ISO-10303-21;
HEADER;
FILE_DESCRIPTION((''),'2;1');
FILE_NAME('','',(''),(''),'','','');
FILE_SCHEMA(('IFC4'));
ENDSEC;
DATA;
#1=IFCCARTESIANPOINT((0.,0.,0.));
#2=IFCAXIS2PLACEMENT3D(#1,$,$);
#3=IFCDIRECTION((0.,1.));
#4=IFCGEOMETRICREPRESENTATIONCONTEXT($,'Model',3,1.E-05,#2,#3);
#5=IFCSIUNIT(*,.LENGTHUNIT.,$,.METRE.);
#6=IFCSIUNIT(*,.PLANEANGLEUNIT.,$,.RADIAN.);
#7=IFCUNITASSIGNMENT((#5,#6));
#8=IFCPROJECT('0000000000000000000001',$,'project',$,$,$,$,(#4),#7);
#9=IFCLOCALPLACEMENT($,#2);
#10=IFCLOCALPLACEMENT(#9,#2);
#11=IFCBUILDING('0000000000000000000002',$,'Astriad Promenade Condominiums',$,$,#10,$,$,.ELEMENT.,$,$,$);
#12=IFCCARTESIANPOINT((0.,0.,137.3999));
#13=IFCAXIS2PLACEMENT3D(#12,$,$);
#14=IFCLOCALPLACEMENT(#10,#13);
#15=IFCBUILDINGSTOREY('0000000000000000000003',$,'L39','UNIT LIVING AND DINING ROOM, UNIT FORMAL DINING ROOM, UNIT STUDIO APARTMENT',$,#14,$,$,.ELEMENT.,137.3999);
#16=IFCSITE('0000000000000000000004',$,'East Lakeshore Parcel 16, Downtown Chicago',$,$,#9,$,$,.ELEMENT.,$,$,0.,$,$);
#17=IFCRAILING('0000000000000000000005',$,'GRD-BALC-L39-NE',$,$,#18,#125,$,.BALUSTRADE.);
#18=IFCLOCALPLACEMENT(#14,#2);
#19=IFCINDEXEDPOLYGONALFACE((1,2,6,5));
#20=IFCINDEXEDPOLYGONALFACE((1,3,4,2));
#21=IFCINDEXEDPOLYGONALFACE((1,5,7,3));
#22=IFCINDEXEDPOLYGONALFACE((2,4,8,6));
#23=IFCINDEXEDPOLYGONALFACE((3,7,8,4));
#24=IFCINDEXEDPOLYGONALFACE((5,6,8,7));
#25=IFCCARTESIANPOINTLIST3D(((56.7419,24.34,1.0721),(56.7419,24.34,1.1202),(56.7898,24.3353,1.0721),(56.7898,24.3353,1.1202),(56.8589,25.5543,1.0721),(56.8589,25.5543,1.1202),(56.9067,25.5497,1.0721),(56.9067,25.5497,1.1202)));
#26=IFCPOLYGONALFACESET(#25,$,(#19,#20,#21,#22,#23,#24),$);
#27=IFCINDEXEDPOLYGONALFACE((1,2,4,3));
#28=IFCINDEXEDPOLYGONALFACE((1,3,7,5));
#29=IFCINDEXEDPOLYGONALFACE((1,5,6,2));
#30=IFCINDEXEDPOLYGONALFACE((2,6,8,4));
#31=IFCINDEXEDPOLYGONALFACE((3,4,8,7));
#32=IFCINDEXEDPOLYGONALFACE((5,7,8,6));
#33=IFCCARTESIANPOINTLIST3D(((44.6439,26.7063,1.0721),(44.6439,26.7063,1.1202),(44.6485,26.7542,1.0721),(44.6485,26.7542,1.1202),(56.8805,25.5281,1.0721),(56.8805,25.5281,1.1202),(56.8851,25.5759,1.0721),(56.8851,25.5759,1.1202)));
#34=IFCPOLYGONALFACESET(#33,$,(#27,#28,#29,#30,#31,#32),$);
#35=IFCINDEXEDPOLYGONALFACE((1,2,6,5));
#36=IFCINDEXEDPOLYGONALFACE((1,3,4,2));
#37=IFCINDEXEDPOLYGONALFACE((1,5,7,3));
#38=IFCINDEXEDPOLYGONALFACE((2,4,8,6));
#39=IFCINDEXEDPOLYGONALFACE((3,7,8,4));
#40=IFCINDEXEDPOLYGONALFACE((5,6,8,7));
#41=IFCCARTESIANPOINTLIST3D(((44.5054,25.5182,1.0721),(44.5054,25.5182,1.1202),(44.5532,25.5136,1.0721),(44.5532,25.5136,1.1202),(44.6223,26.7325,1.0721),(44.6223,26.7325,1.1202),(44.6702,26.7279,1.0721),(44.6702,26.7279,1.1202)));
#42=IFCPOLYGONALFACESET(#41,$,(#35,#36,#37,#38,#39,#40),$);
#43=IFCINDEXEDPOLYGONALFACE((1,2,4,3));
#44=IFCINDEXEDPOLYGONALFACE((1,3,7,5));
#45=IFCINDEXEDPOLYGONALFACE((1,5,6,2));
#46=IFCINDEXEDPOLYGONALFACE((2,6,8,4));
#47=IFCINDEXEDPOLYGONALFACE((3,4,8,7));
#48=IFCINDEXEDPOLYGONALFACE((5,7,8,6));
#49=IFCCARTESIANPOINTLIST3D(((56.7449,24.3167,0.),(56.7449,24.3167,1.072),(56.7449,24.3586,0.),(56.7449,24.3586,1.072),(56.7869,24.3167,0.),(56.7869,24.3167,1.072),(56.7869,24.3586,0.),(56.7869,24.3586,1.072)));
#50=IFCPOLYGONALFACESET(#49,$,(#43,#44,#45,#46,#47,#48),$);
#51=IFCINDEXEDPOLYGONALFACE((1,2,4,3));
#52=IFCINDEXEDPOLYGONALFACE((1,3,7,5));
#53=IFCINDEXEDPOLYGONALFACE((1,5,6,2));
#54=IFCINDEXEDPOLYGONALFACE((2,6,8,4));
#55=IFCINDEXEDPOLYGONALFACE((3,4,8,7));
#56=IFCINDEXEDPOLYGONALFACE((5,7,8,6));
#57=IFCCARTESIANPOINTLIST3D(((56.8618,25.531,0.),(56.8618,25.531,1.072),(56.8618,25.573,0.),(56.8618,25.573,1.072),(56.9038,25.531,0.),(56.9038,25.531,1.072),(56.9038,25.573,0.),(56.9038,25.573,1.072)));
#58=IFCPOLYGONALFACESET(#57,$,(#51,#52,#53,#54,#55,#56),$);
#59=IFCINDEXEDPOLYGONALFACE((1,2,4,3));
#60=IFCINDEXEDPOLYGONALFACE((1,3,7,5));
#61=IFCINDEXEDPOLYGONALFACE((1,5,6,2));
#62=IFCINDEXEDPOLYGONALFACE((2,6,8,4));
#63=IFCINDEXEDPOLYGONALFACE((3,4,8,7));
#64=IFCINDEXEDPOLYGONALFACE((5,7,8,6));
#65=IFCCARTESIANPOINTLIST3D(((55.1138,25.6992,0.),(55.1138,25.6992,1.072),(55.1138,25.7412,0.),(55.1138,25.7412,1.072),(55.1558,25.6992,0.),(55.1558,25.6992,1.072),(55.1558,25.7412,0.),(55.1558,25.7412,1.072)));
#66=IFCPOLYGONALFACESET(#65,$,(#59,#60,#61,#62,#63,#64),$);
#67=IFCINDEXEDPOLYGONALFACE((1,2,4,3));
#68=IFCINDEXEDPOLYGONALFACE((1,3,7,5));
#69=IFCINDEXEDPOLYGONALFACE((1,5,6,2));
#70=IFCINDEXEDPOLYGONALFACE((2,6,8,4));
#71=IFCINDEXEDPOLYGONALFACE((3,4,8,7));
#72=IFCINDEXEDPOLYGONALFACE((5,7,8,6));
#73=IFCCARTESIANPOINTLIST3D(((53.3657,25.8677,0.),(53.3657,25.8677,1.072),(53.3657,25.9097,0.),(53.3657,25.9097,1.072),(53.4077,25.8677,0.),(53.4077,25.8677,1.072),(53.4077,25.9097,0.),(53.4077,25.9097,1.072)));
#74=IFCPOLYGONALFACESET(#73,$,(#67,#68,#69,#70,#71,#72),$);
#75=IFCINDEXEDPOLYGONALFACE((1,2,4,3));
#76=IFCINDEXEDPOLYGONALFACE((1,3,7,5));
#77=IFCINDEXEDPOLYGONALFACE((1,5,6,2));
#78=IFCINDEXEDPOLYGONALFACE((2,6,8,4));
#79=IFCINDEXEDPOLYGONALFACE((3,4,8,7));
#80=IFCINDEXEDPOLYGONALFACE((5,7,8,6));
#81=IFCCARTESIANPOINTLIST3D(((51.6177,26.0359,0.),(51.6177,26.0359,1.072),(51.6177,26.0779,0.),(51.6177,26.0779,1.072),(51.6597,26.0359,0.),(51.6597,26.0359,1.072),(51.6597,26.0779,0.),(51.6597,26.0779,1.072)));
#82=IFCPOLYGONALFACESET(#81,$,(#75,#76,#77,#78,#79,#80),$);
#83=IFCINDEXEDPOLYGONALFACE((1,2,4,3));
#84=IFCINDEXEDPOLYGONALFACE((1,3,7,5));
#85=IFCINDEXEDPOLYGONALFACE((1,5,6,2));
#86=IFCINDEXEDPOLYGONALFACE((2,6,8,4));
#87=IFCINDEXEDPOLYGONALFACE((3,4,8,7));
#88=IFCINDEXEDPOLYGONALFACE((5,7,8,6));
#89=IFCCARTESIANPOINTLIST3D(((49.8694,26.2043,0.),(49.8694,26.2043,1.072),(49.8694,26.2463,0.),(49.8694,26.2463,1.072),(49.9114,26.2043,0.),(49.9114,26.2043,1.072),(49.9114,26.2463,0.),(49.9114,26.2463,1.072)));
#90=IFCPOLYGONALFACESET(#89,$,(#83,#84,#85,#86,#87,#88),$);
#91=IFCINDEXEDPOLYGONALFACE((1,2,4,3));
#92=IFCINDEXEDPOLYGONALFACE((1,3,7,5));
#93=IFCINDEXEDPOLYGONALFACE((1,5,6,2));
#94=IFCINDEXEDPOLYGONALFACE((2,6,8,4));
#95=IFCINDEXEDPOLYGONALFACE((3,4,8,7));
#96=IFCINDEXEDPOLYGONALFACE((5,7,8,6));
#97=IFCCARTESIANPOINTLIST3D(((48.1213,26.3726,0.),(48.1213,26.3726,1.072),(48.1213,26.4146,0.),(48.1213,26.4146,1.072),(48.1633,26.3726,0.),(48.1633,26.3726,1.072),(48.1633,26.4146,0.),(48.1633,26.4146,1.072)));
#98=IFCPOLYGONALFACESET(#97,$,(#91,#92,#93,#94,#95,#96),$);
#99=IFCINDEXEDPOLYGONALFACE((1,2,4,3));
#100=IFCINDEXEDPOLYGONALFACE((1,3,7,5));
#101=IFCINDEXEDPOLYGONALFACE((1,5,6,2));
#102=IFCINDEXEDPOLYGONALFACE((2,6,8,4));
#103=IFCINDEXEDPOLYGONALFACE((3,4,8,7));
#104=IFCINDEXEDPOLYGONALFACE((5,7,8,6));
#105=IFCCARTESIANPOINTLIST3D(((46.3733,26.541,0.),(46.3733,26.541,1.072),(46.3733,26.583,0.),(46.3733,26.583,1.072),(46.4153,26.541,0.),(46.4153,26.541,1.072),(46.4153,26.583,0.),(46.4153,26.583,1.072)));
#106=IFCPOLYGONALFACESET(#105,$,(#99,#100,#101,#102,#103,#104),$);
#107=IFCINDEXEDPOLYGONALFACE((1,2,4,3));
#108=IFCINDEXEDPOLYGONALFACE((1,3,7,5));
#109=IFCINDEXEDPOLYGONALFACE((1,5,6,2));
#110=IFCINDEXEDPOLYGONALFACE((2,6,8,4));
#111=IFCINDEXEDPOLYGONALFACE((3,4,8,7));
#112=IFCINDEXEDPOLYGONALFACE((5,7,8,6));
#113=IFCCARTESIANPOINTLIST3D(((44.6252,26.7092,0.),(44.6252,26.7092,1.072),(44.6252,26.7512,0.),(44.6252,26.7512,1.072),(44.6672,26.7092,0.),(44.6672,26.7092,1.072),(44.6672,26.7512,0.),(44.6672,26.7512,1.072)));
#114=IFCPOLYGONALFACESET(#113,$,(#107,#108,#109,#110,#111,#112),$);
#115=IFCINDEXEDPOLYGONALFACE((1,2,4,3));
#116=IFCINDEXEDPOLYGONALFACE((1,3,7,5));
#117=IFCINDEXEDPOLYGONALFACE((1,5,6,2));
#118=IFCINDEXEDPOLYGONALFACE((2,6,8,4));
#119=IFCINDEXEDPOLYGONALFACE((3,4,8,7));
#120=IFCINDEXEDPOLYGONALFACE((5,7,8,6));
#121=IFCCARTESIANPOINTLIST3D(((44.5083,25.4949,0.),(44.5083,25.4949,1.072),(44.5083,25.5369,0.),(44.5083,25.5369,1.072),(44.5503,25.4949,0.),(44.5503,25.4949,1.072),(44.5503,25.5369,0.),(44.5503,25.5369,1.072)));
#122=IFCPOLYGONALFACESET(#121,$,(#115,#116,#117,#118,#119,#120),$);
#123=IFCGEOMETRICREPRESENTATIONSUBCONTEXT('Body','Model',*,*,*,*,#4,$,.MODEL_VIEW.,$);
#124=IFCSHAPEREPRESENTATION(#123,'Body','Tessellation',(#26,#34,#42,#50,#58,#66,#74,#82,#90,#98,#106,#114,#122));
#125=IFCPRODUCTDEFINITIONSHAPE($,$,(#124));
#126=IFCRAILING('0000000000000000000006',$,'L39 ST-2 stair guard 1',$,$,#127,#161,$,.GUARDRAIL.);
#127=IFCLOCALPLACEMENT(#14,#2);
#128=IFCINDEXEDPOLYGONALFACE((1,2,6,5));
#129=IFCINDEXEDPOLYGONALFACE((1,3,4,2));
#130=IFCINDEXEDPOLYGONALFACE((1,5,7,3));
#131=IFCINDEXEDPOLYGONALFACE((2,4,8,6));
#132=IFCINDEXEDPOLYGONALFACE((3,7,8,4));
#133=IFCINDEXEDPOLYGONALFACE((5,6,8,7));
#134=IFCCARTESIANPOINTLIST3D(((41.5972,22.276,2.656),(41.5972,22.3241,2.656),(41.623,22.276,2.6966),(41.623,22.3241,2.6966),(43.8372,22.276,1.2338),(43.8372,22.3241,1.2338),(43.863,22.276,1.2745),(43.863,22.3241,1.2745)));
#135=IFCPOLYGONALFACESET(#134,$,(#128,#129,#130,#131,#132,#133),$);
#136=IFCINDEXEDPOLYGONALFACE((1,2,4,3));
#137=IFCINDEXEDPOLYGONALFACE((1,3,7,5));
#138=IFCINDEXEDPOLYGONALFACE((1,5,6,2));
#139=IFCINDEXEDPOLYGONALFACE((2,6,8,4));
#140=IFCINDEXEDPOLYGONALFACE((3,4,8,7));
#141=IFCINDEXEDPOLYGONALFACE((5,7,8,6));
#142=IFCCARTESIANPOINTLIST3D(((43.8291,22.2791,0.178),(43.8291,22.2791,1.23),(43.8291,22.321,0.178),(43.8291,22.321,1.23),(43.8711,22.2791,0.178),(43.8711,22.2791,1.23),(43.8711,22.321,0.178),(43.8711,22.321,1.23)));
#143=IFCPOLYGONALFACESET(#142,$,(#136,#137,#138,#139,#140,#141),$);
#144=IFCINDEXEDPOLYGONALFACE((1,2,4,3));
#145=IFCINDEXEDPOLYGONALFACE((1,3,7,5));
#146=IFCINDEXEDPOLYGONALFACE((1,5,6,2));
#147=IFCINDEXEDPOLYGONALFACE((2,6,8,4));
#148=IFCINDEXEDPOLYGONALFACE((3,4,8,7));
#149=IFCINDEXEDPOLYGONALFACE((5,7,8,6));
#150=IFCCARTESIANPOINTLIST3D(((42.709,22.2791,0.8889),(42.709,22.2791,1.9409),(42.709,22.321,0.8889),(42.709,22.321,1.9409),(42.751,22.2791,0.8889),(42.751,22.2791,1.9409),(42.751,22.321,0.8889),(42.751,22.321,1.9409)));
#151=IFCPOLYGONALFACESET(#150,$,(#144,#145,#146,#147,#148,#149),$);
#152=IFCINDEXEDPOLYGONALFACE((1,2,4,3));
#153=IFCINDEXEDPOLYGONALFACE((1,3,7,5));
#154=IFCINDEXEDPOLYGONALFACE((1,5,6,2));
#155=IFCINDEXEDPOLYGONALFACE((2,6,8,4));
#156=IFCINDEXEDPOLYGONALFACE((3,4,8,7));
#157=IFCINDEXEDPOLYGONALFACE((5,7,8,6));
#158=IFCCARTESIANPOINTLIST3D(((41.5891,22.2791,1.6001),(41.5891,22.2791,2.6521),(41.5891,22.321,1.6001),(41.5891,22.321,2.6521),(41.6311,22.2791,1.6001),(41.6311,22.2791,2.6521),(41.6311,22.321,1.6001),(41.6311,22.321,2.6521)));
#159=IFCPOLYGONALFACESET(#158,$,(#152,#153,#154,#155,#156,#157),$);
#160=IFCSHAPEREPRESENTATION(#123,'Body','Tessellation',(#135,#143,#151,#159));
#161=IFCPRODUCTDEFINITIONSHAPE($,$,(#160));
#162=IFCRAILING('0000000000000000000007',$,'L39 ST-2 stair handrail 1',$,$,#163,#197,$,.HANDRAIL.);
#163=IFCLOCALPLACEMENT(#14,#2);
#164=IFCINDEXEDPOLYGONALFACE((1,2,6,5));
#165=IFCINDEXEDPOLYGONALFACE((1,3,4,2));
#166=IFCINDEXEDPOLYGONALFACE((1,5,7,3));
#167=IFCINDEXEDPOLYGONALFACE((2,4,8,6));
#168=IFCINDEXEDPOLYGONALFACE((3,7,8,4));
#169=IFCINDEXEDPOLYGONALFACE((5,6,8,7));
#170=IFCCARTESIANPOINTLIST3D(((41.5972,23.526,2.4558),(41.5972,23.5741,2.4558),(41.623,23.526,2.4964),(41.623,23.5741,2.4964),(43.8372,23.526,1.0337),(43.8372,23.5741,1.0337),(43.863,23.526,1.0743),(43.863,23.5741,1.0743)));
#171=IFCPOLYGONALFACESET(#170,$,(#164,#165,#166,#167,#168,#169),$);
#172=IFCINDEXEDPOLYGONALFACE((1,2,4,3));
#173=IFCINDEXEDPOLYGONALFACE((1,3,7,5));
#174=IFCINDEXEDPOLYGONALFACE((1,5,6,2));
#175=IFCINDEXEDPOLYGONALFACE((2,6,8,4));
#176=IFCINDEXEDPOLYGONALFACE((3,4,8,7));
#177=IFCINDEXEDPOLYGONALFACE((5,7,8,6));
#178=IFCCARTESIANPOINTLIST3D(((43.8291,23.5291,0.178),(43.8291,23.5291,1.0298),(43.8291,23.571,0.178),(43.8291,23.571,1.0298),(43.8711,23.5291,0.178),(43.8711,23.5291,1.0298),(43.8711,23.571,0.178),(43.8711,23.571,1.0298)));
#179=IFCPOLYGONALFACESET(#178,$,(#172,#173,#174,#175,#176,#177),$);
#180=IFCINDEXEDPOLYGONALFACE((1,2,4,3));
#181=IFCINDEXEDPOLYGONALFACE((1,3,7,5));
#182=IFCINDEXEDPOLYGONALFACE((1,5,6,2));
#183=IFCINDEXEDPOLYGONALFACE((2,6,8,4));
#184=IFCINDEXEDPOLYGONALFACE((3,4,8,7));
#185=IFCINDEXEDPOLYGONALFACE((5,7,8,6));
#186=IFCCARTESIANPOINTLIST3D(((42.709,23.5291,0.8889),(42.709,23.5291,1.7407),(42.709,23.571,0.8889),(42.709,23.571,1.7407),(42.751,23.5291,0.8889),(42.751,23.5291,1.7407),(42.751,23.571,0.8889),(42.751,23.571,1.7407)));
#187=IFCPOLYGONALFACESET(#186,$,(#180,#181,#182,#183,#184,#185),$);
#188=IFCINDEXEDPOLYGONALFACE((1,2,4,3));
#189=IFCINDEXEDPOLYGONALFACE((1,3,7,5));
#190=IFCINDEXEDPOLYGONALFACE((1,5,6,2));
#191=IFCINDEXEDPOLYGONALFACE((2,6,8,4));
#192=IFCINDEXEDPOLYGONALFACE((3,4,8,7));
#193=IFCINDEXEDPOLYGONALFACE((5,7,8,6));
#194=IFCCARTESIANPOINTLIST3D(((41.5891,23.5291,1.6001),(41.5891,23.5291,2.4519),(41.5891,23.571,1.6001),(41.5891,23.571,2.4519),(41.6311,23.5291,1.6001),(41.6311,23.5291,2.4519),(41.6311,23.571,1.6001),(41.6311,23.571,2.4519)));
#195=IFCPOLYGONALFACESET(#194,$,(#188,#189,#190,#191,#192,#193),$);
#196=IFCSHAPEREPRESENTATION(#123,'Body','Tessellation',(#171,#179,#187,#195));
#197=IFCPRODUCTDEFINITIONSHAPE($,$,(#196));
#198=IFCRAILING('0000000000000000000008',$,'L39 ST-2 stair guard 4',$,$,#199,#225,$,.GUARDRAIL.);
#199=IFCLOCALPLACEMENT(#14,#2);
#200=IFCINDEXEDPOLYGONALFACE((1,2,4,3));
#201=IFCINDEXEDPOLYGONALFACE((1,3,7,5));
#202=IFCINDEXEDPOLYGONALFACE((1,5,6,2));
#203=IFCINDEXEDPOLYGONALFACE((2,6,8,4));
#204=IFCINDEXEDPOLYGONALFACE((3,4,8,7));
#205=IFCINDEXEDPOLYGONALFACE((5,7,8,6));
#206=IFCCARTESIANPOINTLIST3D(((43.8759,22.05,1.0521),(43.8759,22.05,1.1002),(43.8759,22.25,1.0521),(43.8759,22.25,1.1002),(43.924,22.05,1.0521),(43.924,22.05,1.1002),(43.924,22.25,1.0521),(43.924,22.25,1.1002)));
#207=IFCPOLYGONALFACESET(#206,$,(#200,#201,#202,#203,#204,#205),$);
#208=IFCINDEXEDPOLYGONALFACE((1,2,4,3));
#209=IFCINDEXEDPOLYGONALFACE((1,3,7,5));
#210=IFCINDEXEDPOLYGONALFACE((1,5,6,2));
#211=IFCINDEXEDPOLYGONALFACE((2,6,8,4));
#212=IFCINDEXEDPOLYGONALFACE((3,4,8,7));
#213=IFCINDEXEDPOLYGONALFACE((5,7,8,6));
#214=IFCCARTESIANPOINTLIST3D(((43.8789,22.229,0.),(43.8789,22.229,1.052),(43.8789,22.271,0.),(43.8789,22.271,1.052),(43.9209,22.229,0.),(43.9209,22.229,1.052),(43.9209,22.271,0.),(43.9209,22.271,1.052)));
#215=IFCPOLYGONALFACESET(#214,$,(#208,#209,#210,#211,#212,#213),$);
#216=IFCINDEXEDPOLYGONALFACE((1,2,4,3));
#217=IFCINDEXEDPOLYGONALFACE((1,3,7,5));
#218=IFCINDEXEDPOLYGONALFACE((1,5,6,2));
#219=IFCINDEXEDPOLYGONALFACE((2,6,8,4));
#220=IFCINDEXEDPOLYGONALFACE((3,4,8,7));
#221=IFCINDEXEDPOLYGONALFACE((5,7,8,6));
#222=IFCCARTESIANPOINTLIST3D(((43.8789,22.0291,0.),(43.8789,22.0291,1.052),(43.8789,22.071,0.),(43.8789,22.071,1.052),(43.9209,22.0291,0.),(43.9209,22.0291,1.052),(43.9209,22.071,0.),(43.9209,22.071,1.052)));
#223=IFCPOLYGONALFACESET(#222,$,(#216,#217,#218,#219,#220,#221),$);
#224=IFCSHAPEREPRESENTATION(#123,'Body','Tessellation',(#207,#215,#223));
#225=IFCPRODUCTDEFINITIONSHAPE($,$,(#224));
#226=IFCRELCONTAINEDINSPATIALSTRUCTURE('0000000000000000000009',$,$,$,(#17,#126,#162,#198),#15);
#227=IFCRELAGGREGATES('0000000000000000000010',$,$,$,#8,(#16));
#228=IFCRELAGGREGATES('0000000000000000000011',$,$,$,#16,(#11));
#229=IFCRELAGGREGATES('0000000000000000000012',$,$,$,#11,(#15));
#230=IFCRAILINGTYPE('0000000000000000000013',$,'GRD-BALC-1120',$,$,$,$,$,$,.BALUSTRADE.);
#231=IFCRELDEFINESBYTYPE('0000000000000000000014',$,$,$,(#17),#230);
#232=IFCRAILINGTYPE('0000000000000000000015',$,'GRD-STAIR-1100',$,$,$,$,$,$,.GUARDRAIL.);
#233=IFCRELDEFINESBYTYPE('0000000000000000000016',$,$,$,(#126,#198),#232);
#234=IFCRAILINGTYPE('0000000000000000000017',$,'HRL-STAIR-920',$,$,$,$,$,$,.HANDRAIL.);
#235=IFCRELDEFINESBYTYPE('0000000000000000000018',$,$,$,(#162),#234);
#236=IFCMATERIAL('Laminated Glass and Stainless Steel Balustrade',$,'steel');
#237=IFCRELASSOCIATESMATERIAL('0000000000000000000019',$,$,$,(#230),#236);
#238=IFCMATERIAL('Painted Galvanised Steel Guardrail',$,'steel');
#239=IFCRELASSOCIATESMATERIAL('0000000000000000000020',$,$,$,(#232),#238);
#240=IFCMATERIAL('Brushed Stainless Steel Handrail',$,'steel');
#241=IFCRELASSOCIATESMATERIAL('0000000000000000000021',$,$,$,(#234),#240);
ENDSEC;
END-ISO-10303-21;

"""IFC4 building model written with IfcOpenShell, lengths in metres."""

from ifc_helpers import new_model, si_unit, direction, frame, origin, origin_2d, place, context, subcontext, project, spatial, rectangle, extrude, source, transform, mapped, material, type_object, type_shapes, element, save


model = new_model("IFC4")

# Units and contexts
model_context = context("Model", 3, precision=1e-05, world=origin(), true_north=direction((0.0, 1.0)))
body_context = subcontext(model_context, "Body", "Model", "MODEL_VIEW")
ifc_project = project(units=[si_unit("LENGTHUNIT", "METRE"), si_unit("PLANEANGLEUNIT", "RADIAN")], contexts=[model_context])

# Site, building, storey
site_placement = place(None, origin())
site = spatial("IfcSite", under=ifc_project, at=site_placement, Name="East Lakeshore Parcel 16, Downtown Chicago", CompositionType="ELEMENT", RefElevation=0.0)
building_placement = place(site_placement, origin())
building = spatial("IfcBuilding", under=site, at=building_placement, Name="Astriad Promenade Condominiums", CompositionType="ELEMENT")
storey_placement = place(building_placement, frame((0.0, 0.0, 137.3999)))
storey = spatial("IfcBuildingStorey", under=building, at=storey_placement, Name="L39", Description="UNIT LIVING AND DINING ROOM, UNIT FORMAL DINING ROOM, UNIT STUDIO APARTMENT", CompositionType="ELEMENT", Elevation=137.3999)

# Railings
ifc_material_1 = material(Name="Laminated Glass and Stainless Steel Balustrade", Category="steel")
railing_type_1 = type_object("IfcRailingType", Name="GRD-BALC-1120", PredefinedType="BALUSTRADE", material=ifc_material_1)
shared_shape_1 = source(origin(), body_context, "Body", "SweptSolid", [
    extrude(rectangle(XDim=0.0481, YDim=0.0481, at=origin_2d()), frame((0.0, 0.0, 1.0962), z_axis=(0.095857, 0.995395, 0.0), x_axis=(-0.995395, 0.095857, 0.0)), (0.0, 0.0, 1.0), 1.22),
    extrude(rectangle(XDim=0.0481, YDim=0.0481, at=origin_2d()), frame((0.1169, 1.2144, 1.0962), z_axis=(-0.995396, 0.095844, 0.0), x_axis=(-0.095844, -0.995396, 0.0)), (0.0, 0.0, 1.0), 12.2932),
    extrude(rectangle(XDim=0.0481, YDim=0.0481, at=origin_2d()), frame((-12.1196, 2.3926, 1.0962), z_axis=(-0.095857, -0.995395, 0.0), x_axis=(0.995395, -0.095857, 0.0)), (0.0, 0.0, 1.0), 1.22),
    extrude(rectangle(XDim=0.042, YDim=0.042, at=origin_2d()), origin(), (0.0, 0.0, 1.0), 1.072),
    extrude(rectangle(XDim=0.042, YDim=0.042, at=origin_2d()), frame((0.1169, 1.2144, 0.0)), (0.0, 0.0, 1.0), 1.072),
    extrude(rectangle(XDim=0.042, YDim=0.042, at=origin_2d()), frame((-1.6311, 1.3826, 0.0)), (0.0, 0.0, 1.0), 1.072),
    extrude(rectangle(XDim=0.042, YDim=0.042, at=origin_2d()), frame((-3.3792, 1.551, 0.0)), (0.0, 0.0, 1.0), 1.072),
    extrude(rectangle(XDim=0.042, YDim=0.042, at=origin_2d()), frame((-5.1272, 1.7192, 0.0)), (0.0, 0.0, 1.0), 1.072),
    extrude(rectangle(XDim=0.042, YDim=0.042, at=origin_2d()), frame((-6.8755, 1.8877, 0.0)), (0.0, 0.0, 1.0), 1.072),
    extrude(rectangle(XDim=0.042, YDim=0.042, at=origin_2d()), frame((-8.6235, 2.0559, 0.0)), (0.0, 0.0, 1.0), 1.072),
    extrude(rectangle(XDim=0.042, YDim=0.042, at=origin_2d()), frame((-10.3716, 2.2244, 0.0)), (0.0, 0.0, 1.0), 1.072),
    extrude(rectangle(XDim=0.042, YDim=0.042, at=origin_2d()), frame((-12.1196, 2.3926, 0.0)), (0.0, 0.0, 1.0), 1.072),
    extrude(rectangle(XDim=0.042, YDim=0.042, at=origin_2d()), frame((-12.2366, 1.1782, 0.0)), (0.0, 0.0, 1.0), 1.072),
])
type_shapes(railing_type_1, [shared_shape_1])
railing_1_placement = place(storey_placement, frame((56.7659, 24.3376, 0.0)))
element("IfcRailing", 1, at=railing_1_placement, inside=storey, type_object=railing_type_1, Name="GRD-BALC-L39-NE", PredefinedType="BALUSTRADE", context=body_context, shape_type="MappedRepresentation", body=[
    mapped(shared_shape_1, transform((0.0, 0.0, 0.0), scale=1.0)),
])
ifc_material_2 = material(Name="Painted Galvanised Steel Guardrail", Category="steel")
railing_type_2 = type_object("IfcRailingType", Name="GRD-STAIR-1100", PredefinedType="GUARDRAIL", material=ifc_material_2)
shared_shape_2 = source(origin(), body_context, "Body", "SweptSolid", [
    extrude(rectangle(XDim=0.0481, YDim=0.0481, at=origin_2d()), frame((0.0, 0.0, 1.0762), z_axis=(-0.844229, 0.0, 0.535982), x_axis=(0.0, -1.0, 0.0)), (0.0, 0.0, 1.0), 2.6533),
    extrude(rectangle(XDim=0.042, YDim=0.042, at=origin_2d()), origin(), (0.0, 0.0, 1.0), 1.052),
    extrude(rectangle(XDim=0.042, YDim=0.042, at=origin_2d()), frame((-1.1201, 0.0, 0.7109)), (0.0, 0.0, 1.0), 1.052),
    extrude(rectangle(XDim=0.042, YDim=0.042, at=origin_2d()), frame((-2.24, 0.0, 1.4221)), (0.0, 0.0, 1.0), 1.052),
])
railing_2_placement = place(storey_placement, frame((43.8501, 22.3, 0.178)))
element("IfcRailing", 2, at=railing_2_placement, inside=storey, type_object=railing_type_2, Name="L39 ST-2 stair guard 1", PredefinedType="GUARDRAIL", context=body_context, shape_type="MappedRepresentation", body=[
    mapped(shared_shape_2, transform((0.0, 0.0, 0.0), scale=1.0)),
])
ifc_material_3 = material(Name="Brushed Stainless Steel Handrail", Category="steel")
railing_type_3 = type_object("IfcRailingType", Name="HRL-STAIR-920", PredefinedType="HANDRAIL", material=ifc_material_3)
shared_shape_3 = source(origin(), body_context, "Body", "SweptSolid", [
    extrude(rectangle(XDim=0.0481, YDim=0.0481, at=origin_2d()), frame((0.0, 0.0, 0.876), z_axis=(-0.844229, 0.0, 0.535982), x_axis=(0.0, -1.0, 0.0)), (0.0, 0.0, 1.0), 2.6533),
    extrude(rectangle(XDim=0.042, YDim=0.042, at=origin_2d()), origin(), (0.0, 0.0, 1.0), 0.8518),
    extrude(rectangle(XDim=0.042, YDim=0.042, at=origin_2d()), frame((-1.1201, 0.0, 0.7109)), (0.0, 0.0, 1.0), 0.8518),
    extrude(rectangle(XDim=0.042, YDim=0.042, at=origin_2d()), frame((-2.24, 0.0, 1.4221)), (0.0, 0.0, 1.0), 0.8518),
])
type_shapes(railing_type_3, [shared_shape_3])
railing_3_placement = place(storey_placement, frame((43.8501, 23.55, 0.178)))
element("IfcRailing", 3, at=railing_3_placement, inside=storey, type_object=railing_type_3, Name="L39 ST-2 stair handrail 1", PredefinedType="HANDRAIL", context=body_context, shape_type="MappedRepresentation", body=[
    mapped(shared_shape_3, transform((0.0, 0.0, 0.0), scale=1.0)),
])
shared_shape_4 = source(origin(), body_context, "Body", "SweptSolid", [
    extrude(rectangle(XDim=0.0481, YDim=0.0481, at=origin_2d()), frame((0.0, 0.0, 1.0762), z_axis=(0.0, -1.0, 0.0), x_axis=(1.0, 0.0, 0.0)), (0.0, 0.0, 1.0), 0.2),
    extrude(rectangle(XDim=0.042, YDim=0.042, at=origin_2d()), origin(), (0.0, 0.0, 1.0), 1.052),
    extrude(rectangle(XDim=0.042, YDim=0.042, at=origin_2d()), frame((0.0, -0.2, 0.0)), (0.0, 0.0, 1.0), 1.052),
])
type_shapes(railing_type_2, [shared_shape_2, shared_shape_4])
railing_4_placement = place(storey_placement, frame((43.8999, 22.25, 0.0)))
element("IfcRailing", 4, at=railing_4_placement, inside=storey, type_object=railing_type_2, Name="L39 ST-2 stair guard 4", PredefinedType="GUARDRAIL", context=body_context, shape_type="MappedRepresentation", body=[
    mapped(shared_shape_4, transform((0.0, 0.0, 0.0), scale=1.0)),
])

save(model, "model.ifc")
